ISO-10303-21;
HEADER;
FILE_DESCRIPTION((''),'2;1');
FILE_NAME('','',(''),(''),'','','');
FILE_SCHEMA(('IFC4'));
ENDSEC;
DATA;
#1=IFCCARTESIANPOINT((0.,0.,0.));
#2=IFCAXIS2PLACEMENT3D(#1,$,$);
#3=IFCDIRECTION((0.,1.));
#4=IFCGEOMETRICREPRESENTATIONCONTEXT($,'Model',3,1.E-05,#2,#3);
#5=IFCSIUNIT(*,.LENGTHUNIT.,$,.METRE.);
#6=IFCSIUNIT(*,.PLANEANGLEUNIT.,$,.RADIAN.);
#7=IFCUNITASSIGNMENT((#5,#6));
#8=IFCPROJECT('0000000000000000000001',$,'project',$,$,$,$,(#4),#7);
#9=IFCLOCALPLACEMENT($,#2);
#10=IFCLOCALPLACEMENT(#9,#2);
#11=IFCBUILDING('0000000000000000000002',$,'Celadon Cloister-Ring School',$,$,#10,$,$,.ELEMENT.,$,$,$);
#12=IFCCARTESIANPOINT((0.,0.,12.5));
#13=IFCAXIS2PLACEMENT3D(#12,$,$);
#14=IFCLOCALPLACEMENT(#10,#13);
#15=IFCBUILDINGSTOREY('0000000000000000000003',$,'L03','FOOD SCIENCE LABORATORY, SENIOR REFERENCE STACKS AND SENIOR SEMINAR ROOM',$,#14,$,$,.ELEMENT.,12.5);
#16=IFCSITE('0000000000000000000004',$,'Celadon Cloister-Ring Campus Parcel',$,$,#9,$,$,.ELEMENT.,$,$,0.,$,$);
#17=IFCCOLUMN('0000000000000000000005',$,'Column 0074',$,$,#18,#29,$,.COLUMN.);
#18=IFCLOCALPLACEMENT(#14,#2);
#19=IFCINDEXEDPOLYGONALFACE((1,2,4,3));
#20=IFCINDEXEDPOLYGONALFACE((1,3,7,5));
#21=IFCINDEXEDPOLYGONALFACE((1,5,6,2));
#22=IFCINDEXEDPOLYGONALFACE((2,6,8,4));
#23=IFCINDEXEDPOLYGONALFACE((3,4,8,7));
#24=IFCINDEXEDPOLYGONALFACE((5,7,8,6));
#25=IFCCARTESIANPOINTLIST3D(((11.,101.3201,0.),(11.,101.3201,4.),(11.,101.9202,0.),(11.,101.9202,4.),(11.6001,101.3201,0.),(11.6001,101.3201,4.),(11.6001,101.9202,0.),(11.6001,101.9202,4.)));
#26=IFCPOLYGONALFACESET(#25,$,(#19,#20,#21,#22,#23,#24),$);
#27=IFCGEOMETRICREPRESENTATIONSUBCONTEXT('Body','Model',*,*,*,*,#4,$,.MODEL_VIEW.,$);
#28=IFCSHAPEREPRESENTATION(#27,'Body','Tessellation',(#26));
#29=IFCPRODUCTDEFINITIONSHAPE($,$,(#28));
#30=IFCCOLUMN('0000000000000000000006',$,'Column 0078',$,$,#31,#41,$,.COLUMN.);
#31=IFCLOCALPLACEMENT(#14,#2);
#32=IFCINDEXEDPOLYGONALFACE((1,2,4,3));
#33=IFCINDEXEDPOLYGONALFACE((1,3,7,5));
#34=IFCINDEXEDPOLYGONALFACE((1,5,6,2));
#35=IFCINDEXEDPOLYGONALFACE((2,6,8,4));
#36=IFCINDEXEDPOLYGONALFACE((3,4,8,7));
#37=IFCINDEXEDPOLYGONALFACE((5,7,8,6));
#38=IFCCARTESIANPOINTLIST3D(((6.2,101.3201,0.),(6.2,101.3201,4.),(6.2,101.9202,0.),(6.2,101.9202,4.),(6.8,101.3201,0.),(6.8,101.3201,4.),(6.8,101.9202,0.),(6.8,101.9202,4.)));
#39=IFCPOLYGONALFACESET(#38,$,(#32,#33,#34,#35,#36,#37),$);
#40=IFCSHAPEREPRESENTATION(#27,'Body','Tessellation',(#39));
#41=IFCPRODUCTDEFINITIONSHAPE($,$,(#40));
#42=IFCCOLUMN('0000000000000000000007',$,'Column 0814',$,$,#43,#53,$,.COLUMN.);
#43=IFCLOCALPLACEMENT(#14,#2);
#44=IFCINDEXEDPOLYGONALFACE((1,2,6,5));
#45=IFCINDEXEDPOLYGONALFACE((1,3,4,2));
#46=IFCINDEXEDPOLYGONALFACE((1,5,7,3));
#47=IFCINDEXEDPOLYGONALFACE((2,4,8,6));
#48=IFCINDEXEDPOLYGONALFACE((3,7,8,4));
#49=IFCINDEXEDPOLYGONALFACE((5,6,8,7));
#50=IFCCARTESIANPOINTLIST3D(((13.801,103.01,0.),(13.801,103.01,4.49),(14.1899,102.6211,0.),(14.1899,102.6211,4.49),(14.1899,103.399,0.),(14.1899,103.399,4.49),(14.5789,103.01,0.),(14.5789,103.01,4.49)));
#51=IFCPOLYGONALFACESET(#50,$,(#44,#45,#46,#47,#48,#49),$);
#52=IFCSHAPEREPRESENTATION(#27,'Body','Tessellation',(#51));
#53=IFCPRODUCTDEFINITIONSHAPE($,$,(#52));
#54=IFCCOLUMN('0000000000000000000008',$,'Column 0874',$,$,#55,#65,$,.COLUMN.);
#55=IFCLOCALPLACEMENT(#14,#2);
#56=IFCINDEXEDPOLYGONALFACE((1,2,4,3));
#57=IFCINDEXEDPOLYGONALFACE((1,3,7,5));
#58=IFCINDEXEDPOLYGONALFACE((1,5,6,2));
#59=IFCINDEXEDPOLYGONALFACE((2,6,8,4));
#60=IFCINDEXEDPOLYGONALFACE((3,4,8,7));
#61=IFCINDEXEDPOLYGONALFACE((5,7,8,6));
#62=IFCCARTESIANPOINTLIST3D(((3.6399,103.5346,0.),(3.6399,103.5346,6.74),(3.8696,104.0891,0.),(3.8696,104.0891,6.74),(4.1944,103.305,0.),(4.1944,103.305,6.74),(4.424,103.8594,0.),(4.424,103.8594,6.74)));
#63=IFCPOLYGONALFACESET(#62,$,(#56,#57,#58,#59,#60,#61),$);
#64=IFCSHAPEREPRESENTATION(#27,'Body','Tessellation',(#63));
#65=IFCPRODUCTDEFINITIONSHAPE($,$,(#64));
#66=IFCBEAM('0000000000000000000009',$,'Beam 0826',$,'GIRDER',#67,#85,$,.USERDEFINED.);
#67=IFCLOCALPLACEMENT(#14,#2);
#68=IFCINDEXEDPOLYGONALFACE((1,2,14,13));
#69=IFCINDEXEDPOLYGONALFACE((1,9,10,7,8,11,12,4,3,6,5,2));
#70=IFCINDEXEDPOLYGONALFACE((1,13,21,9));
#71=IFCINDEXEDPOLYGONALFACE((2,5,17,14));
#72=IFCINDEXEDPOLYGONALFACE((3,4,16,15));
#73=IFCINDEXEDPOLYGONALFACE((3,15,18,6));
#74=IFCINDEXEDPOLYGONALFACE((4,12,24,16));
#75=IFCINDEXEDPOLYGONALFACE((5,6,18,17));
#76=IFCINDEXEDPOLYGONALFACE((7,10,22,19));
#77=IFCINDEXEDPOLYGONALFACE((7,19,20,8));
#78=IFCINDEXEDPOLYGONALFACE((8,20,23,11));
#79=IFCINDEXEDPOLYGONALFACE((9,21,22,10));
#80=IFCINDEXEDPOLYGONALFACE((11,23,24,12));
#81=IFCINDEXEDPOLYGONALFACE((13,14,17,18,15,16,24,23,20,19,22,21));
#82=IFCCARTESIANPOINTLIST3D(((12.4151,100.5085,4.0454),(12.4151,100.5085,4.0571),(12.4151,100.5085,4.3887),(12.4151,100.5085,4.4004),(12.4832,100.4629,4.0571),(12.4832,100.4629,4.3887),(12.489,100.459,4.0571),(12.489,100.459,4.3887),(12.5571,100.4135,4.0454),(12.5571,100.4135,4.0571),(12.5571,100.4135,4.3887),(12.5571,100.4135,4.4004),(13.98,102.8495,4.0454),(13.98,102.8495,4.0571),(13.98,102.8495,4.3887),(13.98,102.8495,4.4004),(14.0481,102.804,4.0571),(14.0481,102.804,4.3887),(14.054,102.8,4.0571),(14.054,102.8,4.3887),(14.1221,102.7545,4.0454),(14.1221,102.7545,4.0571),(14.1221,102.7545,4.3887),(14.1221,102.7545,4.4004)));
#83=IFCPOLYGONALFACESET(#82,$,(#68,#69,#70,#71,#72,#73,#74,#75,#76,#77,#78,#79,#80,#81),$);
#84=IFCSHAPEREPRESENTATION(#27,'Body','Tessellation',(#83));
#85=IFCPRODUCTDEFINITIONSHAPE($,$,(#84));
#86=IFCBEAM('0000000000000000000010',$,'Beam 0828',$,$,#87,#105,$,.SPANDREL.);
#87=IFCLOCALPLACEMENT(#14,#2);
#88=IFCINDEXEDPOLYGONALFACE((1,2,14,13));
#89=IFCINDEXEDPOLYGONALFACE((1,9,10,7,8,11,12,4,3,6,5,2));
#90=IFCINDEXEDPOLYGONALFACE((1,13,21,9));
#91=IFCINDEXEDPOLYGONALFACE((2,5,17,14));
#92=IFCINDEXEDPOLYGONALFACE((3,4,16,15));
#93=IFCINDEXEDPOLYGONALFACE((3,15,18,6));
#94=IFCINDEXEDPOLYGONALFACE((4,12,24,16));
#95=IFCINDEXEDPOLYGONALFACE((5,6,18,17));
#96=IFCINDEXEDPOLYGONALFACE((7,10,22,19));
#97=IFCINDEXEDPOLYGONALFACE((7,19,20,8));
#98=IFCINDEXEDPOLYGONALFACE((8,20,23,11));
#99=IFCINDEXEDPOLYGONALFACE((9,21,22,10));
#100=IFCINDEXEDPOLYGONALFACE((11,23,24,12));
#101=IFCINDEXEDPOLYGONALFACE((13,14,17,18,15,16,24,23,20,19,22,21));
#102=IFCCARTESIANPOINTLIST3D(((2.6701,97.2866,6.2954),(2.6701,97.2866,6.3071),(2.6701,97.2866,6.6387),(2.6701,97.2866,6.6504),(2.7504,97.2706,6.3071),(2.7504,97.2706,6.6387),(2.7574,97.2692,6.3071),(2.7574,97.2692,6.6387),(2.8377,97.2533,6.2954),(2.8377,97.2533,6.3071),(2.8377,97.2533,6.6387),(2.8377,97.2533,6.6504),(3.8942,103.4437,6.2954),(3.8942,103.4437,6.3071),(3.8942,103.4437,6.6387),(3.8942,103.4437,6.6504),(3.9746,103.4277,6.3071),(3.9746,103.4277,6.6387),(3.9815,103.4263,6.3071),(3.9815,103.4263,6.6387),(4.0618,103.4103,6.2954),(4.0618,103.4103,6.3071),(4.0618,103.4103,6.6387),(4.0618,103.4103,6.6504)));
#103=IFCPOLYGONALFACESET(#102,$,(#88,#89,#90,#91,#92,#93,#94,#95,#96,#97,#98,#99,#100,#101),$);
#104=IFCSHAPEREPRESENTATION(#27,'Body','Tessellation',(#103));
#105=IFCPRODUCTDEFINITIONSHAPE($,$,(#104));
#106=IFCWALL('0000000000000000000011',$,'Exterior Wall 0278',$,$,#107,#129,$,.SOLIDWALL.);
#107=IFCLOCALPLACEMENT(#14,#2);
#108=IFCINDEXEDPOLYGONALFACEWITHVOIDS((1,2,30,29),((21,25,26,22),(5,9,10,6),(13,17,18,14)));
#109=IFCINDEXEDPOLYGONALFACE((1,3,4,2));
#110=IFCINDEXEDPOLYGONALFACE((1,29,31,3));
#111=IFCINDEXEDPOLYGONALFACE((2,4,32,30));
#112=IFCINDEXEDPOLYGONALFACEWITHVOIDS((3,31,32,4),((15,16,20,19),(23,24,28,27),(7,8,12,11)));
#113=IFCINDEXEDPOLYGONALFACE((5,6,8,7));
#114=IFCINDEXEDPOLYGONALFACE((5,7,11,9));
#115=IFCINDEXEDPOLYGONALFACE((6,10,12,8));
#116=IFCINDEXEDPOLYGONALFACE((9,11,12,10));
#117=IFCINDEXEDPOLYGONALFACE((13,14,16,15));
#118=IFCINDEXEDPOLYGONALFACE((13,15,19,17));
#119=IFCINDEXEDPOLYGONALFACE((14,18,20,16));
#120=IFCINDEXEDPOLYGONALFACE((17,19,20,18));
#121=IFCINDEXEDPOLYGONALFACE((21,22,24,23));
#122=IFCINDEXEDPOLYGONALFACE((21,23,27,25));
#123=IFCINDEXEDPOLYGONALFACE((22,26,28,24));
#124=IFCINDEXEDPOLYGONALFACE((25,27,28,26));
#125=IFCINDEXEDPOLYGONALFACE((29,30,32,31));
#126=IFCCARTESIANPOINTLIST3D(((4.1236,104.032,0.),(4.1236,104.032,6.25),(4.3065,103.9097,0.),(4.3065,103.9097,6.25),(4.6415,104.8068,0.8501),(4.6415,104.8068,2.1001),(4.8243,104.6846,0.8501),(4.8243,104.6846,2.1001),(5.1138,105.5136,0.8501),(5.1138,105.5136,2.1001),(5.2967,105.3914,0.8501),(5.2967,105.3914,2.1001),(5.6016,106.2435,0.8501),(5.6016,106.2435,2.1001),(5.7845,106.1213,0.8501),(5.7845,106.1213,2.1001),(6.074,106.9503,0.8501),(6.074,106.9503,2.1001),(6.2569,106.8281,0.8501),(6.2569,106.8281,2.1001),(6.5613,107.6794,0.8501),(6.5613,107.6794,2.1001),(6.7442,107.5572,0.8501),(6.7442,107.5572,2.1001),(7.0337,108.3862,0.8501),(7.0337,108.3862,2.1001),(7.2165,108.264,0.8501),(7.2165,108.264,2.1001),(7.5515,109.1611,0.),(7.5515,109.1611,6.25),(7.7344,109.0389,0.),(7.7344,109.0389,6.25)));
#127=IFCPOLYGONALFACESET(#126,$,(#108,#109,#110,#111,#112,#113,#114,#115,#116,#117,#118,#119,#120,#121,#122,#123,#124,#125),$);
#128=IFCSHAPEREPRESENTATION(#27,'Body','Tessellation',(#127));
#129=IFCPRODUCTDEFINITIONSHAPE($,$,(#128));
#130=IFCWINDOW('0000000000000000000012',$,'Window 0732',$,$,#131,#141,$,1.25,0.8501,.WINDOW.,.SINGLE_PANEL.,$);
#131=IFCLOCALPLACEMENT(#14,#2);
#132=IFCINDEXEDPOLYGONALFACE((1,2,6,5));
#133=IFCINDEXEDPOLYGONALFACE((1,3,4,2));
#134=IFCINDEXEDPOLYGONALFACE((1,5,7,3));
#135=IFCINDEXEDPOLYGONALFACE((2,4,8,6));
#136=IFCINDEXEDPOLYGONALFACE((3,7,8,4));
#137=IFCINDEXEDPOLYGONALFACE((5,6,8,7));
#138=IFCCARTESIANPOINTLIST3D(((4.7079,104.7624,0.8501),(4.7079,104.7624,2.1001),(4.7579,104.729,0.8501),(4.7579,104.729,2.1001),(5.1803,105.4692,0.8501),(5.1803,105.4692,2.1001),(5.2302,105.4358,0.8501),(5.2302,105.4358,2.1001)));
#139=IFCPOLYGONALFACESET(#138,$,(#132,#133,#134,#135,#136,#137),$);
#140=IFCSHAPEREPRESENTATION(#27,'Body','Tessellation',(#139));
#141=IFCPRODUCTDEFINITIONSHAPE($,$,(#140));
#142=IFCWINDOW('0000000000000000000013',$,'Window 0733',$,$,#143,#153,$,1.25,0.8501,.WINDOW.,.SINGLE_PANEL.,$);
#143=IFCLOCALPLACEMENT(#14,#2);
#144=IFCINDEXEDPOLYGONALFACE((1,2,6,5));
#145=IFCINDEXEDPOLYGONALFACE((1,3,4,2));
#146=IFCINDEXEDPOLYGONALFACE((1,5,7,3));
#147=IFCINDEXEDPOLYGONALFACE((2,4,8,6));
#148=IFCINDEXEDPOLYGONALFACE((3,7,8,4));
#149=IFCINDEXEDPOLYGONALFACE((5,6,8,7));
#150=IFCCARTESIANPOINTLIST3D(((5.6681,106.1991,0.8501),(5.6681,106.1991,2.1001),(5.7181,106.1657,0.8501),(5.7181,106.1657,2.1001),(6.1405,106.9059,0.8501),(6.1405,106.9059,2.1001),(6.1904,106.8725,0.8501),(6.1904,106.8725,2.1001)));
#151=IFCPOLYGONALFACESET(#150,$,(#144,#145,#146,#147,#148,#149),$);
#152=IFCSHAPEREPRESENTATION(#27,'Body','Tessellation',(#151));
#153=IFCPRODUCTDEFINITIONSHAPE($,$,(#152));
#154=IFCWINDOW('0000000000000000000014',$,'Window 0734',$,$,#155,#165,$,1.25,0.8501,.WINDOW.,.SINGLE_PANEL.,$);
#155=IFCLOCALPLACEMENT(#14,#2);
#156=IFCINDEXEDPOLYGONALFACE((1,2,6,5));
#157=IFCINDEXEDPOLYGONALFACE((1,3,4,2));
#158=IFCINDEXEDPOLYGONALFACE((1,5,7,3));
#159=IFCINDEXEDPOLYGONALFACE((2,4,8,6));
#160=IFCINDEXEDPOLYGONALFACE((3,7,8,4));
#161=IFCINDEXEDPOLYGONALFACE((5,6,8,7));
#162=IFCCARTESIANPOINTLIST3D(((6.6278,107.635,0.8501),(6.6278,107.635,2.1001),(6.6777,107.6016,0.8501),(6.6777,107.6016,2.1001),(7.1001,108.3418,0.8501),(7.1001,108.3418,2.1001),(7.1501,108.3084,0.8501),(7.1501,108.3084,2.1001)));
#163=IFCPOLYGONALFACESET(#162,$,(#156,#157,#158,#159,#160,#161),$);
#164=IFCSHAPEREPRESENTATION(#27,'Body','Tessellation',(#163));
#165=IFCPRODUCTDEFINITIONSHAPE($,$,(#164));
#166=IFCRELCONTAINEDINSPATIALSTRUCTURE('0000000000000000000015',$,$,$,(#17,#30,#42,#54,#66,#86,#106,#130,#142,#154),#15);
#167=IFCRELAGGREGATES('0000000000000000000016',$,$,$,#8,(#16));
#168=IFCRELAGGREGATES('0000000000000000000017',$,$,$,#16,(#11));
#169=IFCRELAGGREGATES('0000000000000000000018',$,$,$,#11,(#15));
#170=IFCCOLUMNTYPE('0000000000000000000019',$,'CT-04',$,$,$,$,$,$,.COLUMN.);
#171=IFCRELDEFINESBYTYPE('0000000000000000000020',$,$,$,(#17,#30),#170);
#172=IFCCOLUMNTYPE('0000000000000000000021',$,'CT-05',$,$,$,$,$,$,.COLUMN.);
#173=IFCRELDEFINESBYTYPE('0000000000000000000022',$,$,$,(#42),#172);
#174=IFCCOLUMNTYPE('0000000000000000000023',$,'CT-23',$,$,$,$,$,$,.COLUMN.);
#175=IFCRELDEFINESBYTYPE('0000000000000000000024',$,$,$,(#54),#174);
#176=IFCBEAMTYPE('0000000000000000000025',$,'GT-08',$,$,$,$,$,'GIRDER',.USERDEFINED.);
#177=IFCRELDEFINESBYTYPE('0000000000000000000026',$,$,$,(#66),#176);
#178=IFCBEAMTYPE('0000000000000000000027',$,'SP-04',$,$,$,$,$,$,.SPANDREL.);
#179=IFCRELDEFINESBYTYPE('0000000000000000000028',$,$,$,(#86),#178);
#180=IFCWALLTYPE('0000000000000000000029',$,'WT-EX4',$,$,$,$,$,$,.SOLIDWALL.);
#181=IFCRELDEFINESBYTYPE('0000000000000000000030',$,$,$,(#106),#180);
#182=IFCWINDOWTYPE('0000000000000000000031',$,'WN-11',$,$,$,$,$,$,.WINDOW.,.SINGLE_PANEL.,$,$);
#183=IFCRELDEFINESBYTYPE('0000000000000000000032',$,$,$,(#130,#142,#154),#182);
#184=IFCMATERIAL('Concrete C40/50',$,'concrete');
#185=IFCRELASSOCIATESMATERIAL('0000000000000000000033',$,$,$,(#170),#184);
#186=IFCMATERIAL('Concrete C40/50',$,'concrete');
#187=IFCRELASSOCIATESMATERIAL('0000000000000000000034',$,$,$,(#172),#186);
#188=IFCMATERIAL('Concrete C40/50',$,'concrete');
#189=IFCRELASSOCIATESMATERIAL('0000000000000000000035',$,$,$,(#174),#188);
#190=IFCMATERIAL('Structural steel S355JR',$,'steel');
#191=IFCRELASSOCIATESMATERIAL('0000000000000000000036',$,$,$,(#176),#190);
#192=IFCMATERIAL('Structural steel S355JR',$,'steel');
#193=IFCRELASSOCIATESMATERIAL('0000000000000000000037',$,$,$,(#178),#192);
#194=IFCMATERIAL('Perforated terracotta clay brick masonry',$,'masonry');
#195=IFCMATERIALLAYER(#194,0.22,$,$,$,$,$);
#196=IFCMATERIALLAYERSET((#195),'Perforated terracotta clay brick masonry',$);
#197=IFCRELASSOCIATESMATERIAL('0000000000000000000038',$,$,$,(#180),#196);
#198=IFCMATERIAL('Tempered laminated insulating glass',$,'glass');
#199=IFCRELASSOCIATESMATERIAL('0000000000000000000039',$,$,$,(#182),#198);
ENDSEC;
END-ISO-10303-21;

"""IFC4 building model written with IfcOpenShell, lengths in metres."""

from ifc_helpers import new_model, si_unit, direction, frame, frame_2d, origin, origin_2d, place, context, subcontext, project, spatial, rectangle, i_section, extrude, material, layer, layer_set, material_profile, profile_set, type_object, element, fill, save


model = new_model("IFC4")

# Units and contexts
model_context = context("Model", 3, precision=1e-05, world=origin(), true_north=direction((0.0, 1.0)))
body_context = subcontext(model_context, "Body", "Model", "MODEL_VIEW")
ifc_project = project(units=[si_unit("LENGTHUNIT", "METRE"), si_unit("PLANEANGLEUNIT", "RADIAN")], contexts=[model_context])

# Site, building, storey
site_placement = place(None, origin())
site = spatial("IfcSite", under=ifc_project, at=site_placement, Name="Celadon Cloister-Ring Campus Parcel", CompositionType="ELEMENT", RefElevation=0.0)
building_placement = place(site_placement, origin())
building = spatial("IfcBuilding", under=site, at=building_placement, Name="Celadon Cloister-Ring School", CompositionType="ELEMENT")
storey_placement = place(building_placement, frame((0.0, 0.0, 12.5)))
storey = spatial("IfcBuildingStorey", under=building, at=storey_placement, Name="L03", Description="FOOD SCIENCE LABORATORY, SENIOR REFERENCE STACKS AND SENIOR SEMINAR ROOM", CompositionType="ELEMENT", Elevation=12.5)

# Columns
ifc_material_1 = material(Name="Concrete C40/50", Category="concrete")
ifc_material_profile_1 = material_profile(ifc_material_1, rectangle(XDim=0.6001, YDim=0.6001, at=origin_2d()), Name="RC600X600")
ifc_profile_set_1 = profile_set([ifc_material_profile_1], Name="Concrete C40/50")
column_type_1 = type_object("IfcColumnType", Name="CT-04", PredefinedType="COLUMN", material=ifc_profile_set_1)
for number, where, z_axis, x_axis, name in (
    (1, (11.3, 101.6201, 0.0), (0.0, 0.0, 1.0), (1.0, 0.0, 0.0), "Column 0074"),
    (2, (6.5, 101.6201, 0.0), (0.0, 0.0, 1.0), (1.0, 0.0, 0.0), "Column 0078"),
):
    element("IfcColumn", number, at=place(storey_placement, frame(where, z_axis=z_axis, x_axis=x_axis)), inside=storey, type_object=column_type_1, Name=name, PredefinedType="COLUMN", context=body_context, shape_type="SweptSolid", body=[
        extrude(rectangle(XDim=0.6001, YDim=0.6001, at=origin_2d()), origin(), (0.0, 0.0, 1.0), 4.0),
    ])
ifc_material_2 = material(Name="Concrete C40/50", Category="concrete")
ifc_material_profile_2 = material_profile(ifc_material_2, rectangle(XDim=0.55, YDim=0.55, at=origin_2d()), Name="RC550X550")
ifc_profile_set_2 = profile_set([ifc_material_profile_2], Name="Concrete C40/50")
column_type_2 = type_object("IfcColumnType", Name="CT-05", PredefinedType="COLUMN", material=ifc_profile_set_2)
column_1_placement = place(storey_placement, frame((14.1899, 103.01, 0.0), z_axis=(0.0, 0.0, 1.0), x_axis=(-0.707107, 0.707107, 0.0)))
element("IfcColumn", 3, at=column_1_placement, inside=storey, type_object=column_type_2, Name="Column 0814", PredefinedType="COLUMN", context=body_context, shape_type="SweptSolid", body=[
    extrude(rectangle(XDim=0.55, YDim=0.55, at=origin_2d()), origin(), (0.0, 0.0, 1.0), 4.49),
])
ifc_material_3 = material(Name="Concrete C40/50", Category="concrete")
ifc_material_profile_3 = material_profile(ifc_material_3, rectangle(XDim=0.6001, YDim=0.6001, at=origin_2d()), Name="RC600X600")
ifc_profile_set_3 = profile_set([ifc_material_profile_3], Name="Concrete C40/50")
column_type_3 = type_object("IfcColumnType", Name="CT-23", PredefinedType="COLUMN", material=ifc_profile_set_3)
column_2_placement = place(storey_placement, frame((4.032, 103.697, 0.0), z_axis=(0.0, 0.0, 1.0), x_axis=(-0.92388, 0.382683, 0.0)))
element("IfcColumn", 4, at=column_2_placement, inside=storey, type_object=column_type_3, Name="Column 0874", PredefinedType="COLUMN", context=body_context, shape_type="SweptSolid", body=[
    extrude(rectangle(XDim=0.6001, YDim=0.6001, at=origin_2d()), origin(), (0.0, 0.0, 1.0), 6.74),
])

# Beams
ifc_material_4 = material(Name="Structural steel S355JR", Category="steel")
ifc_material_profile_4 = material_profile(ifc_material_4, i_section(OverallWidth=0.1709, OverallDepth=0.355, WebThickness=0.0071, FlangeThickness=0.0117, at=origin_2d()), Name="W360X51")
ifc_profile_set_4 = profile_set([ifc_material_profile_4], Name="Structural steel S355JR")
beam_type_1 = type_object("IfcBeamType", Name="GT-08", ElementType="GIRDER", PredefinedType="USERDEFINED", material=ifc_profile_set_4)
beam_1_placement = place(storey_placement, frame((14.051, 102.802, 4.2229), z_axis=(-0.55574, -0.831356, 0.0), x_axis=(0.831356, -0.55574, 0.0)))
element("IfcBeam", 5, at=beam_1_placement, inside=storey, type_object=beam_type_1, Name="Beam 0826", ObjectType="GIRDER", PredefinedType="USERDEFINED", context=body_context, shape_type="SweptSolid", body=[
    extrude(i_section(OverallWidth=0.1709, OverallDepth=0.355, WebThickness=0.0071, FlangeThickness=0.0117, at=origin_2d()), origin(), (0.0, 0.0, 1.0), 2.8159),
])
ifc_material_5 = material(Name="Structural steel S355JR", Category="steel")
ifc_material_profile_5 = material_profile(ifc_material_5, i_section(OverallWidth=0.1709, OverallDepth=0.355, WebThickness=0.0071, FlangeThickness=0.0117, at=origin_2d()), Name="W360X51")
ifc_profile_set_5 = profile_set([ifc_material_profile_5], Name="Structural steel S355JR")
beam_type_2 = type_object("IfcBeamType", Name="SP-04", PredefinedType="SPANDREL", material=ifc_profile_set_5)
beam_2_placement = place(storey_placement, frame((3.978, 103.427, 6.4729), z_axis=(-0.195002, -0.980803, 0.0), x_axis=(0.980803, -0.195002, 0.0)))
element("IfcBeam", 6, at=beam_2_placement, inside=storey, type_object=beam_type_2, Name="Beam 0828", PredefinedType="SPANDREL", context=body_context, shape_type="SweptSolid", body=[
    extrude(i_section(OverallWidth=0.1709, OverallDepth=0.355, WebThickness=0.0071, FlangeThickness=0.0117, at=origin_2d()), origin(), (0.0, 0.0, 1.0), 6.2776),
])

# Wall, openings, windows
ifc_material_6 = material(Name="Perforated terracotta clay brick masonry", Category="masonry")
ifc_layer_1 = layer(ifc_material_6, 0.22)
ifc_layer_set_1 = layer_set([ifc_layer_1], Name="Perforated terracotta clay brick masonry")
wall_type_1 = type_object("IfcWallType", Name="WT-EX4", PredefinedType="SOLIDWALL", material=ifc_layer_set_1)
wall_1_placement = place(storey_placement, frame((4.2151, 103.9709, 0.0), z_axis=(0.0, 0.0, 1.0), x_axis=(0.555659, 0.83141, 0.0)))
wall_1 = element("IfcWall", 7, at=wall_1_placement, inside=storey, type_object=wall_type_1, Name="Exterior Wall 0278", PredefinedType="SOLIDWALL", context=body_context, shape_type="SweptSolid", body=[
    extrude(rectangle(XDim=6.1692, YDim=0.22, at=frame_2d((3.0845, 0.0))), origin(), (0.0, 0.0, 1.0), 6.25),
])
opening_1_placement = place(wall_1_placement, frame((0.9319, 0.0, 0.8501)))
opening_1 = element("IfcOpeningElement", 8, at=opening_1_placement, cuts=wall_1, PredefinedType="OPENING", context=body_context, shape_type="SweptSolid", body=[
    extrude(rectangle(XDim=0.8501, YDim=1.25, at=frame_2d((0.425, 0.625))), frame((0.0, 0.1201, 0.0), z_axis=(0.0, -1.0, 0.0), x_axis=(1.0, 0.0, 0.0)), (0.0, 0.0, 1.0), 0.24),
])
opening_2_placement = place(wall_1_placement, frame((2.6599, 0.0, 0.8501)))
opening_2 = element("IfcOpeningElement", 9, at=opening_2_placement, cuts=wall_1, PredefinedType="OPENING", context=body_context, shape_type="SweptSolid", body=[
    extrude(rectangle(XDim=0.8501, YDim=1.25, at=frame_2d((0.425, 0.625))), frame((0.0, 0.1201, 0.0), z_axis=(0.0, -1.0, 0.0), x_axis=(1.0, 0.0, 0.0)), (0.0, 0.0, 1.0), 0.24),
])
opening_3_placement = place(wall_1_placement, frame((4.387, 0.0, 0.8501)))
opening_3 = element("IfcOpeningElement", 10, at=opening_3_placement, cuts=wall_1, PredefinedType="OPENING", context=body_context, shape_type="SweptSolid", body=[
    extrude(rectangle(XDim=0.8501, YDim=1.25, at=frame_2d((0.425, 0.625))), frame((0.0, 0.1201, 0.0), z_axis=(0.0, -1.0, 0.0), x_axis=(1.0, 0.0, 0.0)), (0.0, 0.0, 1.0), 0.24),
])
ifc_material_7 = material(Name="Tempered laminated insulating glass", Category="glass")
window_type = type_object("IfcWindowType", Name="WN-11", PartitioningType="SINGLE_PANEL", PredefinedType="WINDOW", material=ifc_material_7)
window_1_placement = place(opening_1_placement, origin())
window_1 = element("IfcWindow", 11, at=window_1_placement, inside=storey, type_object=window_type, Name="Window 0732", OverallHeight=1.25, OverallWidth=0.8501, PartitioningType="SINGLE_PANEL", PredefinedType="WINDOW", context=body_context, shape_type="SweptSolid", body=[
    extrude(rectangle(XDim=0.8501, YDim=1.25, at=frame_2d((0.425, 0.625))), frame((0.0, 0.03, 0.0), z_axis=(0.0, -1.0, 0.0), x_axis=(1.0, 0.0, 0.0)), (0.0, 0.0, 1.0), 0.0601),
])
fill(opening_1, window_1)
window_2_placement = place(opening_2_placement, origin())
window_2 = element("IfcWindow", 12, at=window_2_placement, inside=storey, type_object=window_type, Name="Window 0733", OverallHeight=1.25, OverallWidth=0.8501, PartitioningType="SINGLE_PANEL", PredefinedType="WINDOW", context=body_context, shape_type="SweptSolid", body=[
    extrude(rectangle(XDim=0.8501, YDim=1.25, at=frame_2d((0.425, 0.625))), frame((0.0, 0.03, 0.0), z_axis=(0.0, -1.0, 0.0), x_axis=(1.0, 0.0, 0.0)), (0.0, 0.0, 1.0), 0.0601),
])
fill(opening_2, window_2)
window_3_placement = place(opening_3_placement, origin())
window_3 = element("IfcWindow", 13, at=window_3_placement, inside=storey, type_object=window_type, Name="Window 0734", OverallHeight=1.25, OverallWidth=0.8501, PartitioningType="SINGLE_PANEL", PredefinedType="WINDOW", context=body_context, shape_type="SweptSolid", body=[
    extrude(rectangle(XDim=0.8501, YDim=1.25, at=frame_2d((0.425, 0.625))), frame((0.0, 0.03, 0.0), z_axis=(0.0, -1.0, 0.0), x_axis=(1.0, 0.0, 0.0)), (0.0, 0.0, 1.0), 0.0601),
])
fill(opening_3, window_3)

save(model, "model.ifc")
